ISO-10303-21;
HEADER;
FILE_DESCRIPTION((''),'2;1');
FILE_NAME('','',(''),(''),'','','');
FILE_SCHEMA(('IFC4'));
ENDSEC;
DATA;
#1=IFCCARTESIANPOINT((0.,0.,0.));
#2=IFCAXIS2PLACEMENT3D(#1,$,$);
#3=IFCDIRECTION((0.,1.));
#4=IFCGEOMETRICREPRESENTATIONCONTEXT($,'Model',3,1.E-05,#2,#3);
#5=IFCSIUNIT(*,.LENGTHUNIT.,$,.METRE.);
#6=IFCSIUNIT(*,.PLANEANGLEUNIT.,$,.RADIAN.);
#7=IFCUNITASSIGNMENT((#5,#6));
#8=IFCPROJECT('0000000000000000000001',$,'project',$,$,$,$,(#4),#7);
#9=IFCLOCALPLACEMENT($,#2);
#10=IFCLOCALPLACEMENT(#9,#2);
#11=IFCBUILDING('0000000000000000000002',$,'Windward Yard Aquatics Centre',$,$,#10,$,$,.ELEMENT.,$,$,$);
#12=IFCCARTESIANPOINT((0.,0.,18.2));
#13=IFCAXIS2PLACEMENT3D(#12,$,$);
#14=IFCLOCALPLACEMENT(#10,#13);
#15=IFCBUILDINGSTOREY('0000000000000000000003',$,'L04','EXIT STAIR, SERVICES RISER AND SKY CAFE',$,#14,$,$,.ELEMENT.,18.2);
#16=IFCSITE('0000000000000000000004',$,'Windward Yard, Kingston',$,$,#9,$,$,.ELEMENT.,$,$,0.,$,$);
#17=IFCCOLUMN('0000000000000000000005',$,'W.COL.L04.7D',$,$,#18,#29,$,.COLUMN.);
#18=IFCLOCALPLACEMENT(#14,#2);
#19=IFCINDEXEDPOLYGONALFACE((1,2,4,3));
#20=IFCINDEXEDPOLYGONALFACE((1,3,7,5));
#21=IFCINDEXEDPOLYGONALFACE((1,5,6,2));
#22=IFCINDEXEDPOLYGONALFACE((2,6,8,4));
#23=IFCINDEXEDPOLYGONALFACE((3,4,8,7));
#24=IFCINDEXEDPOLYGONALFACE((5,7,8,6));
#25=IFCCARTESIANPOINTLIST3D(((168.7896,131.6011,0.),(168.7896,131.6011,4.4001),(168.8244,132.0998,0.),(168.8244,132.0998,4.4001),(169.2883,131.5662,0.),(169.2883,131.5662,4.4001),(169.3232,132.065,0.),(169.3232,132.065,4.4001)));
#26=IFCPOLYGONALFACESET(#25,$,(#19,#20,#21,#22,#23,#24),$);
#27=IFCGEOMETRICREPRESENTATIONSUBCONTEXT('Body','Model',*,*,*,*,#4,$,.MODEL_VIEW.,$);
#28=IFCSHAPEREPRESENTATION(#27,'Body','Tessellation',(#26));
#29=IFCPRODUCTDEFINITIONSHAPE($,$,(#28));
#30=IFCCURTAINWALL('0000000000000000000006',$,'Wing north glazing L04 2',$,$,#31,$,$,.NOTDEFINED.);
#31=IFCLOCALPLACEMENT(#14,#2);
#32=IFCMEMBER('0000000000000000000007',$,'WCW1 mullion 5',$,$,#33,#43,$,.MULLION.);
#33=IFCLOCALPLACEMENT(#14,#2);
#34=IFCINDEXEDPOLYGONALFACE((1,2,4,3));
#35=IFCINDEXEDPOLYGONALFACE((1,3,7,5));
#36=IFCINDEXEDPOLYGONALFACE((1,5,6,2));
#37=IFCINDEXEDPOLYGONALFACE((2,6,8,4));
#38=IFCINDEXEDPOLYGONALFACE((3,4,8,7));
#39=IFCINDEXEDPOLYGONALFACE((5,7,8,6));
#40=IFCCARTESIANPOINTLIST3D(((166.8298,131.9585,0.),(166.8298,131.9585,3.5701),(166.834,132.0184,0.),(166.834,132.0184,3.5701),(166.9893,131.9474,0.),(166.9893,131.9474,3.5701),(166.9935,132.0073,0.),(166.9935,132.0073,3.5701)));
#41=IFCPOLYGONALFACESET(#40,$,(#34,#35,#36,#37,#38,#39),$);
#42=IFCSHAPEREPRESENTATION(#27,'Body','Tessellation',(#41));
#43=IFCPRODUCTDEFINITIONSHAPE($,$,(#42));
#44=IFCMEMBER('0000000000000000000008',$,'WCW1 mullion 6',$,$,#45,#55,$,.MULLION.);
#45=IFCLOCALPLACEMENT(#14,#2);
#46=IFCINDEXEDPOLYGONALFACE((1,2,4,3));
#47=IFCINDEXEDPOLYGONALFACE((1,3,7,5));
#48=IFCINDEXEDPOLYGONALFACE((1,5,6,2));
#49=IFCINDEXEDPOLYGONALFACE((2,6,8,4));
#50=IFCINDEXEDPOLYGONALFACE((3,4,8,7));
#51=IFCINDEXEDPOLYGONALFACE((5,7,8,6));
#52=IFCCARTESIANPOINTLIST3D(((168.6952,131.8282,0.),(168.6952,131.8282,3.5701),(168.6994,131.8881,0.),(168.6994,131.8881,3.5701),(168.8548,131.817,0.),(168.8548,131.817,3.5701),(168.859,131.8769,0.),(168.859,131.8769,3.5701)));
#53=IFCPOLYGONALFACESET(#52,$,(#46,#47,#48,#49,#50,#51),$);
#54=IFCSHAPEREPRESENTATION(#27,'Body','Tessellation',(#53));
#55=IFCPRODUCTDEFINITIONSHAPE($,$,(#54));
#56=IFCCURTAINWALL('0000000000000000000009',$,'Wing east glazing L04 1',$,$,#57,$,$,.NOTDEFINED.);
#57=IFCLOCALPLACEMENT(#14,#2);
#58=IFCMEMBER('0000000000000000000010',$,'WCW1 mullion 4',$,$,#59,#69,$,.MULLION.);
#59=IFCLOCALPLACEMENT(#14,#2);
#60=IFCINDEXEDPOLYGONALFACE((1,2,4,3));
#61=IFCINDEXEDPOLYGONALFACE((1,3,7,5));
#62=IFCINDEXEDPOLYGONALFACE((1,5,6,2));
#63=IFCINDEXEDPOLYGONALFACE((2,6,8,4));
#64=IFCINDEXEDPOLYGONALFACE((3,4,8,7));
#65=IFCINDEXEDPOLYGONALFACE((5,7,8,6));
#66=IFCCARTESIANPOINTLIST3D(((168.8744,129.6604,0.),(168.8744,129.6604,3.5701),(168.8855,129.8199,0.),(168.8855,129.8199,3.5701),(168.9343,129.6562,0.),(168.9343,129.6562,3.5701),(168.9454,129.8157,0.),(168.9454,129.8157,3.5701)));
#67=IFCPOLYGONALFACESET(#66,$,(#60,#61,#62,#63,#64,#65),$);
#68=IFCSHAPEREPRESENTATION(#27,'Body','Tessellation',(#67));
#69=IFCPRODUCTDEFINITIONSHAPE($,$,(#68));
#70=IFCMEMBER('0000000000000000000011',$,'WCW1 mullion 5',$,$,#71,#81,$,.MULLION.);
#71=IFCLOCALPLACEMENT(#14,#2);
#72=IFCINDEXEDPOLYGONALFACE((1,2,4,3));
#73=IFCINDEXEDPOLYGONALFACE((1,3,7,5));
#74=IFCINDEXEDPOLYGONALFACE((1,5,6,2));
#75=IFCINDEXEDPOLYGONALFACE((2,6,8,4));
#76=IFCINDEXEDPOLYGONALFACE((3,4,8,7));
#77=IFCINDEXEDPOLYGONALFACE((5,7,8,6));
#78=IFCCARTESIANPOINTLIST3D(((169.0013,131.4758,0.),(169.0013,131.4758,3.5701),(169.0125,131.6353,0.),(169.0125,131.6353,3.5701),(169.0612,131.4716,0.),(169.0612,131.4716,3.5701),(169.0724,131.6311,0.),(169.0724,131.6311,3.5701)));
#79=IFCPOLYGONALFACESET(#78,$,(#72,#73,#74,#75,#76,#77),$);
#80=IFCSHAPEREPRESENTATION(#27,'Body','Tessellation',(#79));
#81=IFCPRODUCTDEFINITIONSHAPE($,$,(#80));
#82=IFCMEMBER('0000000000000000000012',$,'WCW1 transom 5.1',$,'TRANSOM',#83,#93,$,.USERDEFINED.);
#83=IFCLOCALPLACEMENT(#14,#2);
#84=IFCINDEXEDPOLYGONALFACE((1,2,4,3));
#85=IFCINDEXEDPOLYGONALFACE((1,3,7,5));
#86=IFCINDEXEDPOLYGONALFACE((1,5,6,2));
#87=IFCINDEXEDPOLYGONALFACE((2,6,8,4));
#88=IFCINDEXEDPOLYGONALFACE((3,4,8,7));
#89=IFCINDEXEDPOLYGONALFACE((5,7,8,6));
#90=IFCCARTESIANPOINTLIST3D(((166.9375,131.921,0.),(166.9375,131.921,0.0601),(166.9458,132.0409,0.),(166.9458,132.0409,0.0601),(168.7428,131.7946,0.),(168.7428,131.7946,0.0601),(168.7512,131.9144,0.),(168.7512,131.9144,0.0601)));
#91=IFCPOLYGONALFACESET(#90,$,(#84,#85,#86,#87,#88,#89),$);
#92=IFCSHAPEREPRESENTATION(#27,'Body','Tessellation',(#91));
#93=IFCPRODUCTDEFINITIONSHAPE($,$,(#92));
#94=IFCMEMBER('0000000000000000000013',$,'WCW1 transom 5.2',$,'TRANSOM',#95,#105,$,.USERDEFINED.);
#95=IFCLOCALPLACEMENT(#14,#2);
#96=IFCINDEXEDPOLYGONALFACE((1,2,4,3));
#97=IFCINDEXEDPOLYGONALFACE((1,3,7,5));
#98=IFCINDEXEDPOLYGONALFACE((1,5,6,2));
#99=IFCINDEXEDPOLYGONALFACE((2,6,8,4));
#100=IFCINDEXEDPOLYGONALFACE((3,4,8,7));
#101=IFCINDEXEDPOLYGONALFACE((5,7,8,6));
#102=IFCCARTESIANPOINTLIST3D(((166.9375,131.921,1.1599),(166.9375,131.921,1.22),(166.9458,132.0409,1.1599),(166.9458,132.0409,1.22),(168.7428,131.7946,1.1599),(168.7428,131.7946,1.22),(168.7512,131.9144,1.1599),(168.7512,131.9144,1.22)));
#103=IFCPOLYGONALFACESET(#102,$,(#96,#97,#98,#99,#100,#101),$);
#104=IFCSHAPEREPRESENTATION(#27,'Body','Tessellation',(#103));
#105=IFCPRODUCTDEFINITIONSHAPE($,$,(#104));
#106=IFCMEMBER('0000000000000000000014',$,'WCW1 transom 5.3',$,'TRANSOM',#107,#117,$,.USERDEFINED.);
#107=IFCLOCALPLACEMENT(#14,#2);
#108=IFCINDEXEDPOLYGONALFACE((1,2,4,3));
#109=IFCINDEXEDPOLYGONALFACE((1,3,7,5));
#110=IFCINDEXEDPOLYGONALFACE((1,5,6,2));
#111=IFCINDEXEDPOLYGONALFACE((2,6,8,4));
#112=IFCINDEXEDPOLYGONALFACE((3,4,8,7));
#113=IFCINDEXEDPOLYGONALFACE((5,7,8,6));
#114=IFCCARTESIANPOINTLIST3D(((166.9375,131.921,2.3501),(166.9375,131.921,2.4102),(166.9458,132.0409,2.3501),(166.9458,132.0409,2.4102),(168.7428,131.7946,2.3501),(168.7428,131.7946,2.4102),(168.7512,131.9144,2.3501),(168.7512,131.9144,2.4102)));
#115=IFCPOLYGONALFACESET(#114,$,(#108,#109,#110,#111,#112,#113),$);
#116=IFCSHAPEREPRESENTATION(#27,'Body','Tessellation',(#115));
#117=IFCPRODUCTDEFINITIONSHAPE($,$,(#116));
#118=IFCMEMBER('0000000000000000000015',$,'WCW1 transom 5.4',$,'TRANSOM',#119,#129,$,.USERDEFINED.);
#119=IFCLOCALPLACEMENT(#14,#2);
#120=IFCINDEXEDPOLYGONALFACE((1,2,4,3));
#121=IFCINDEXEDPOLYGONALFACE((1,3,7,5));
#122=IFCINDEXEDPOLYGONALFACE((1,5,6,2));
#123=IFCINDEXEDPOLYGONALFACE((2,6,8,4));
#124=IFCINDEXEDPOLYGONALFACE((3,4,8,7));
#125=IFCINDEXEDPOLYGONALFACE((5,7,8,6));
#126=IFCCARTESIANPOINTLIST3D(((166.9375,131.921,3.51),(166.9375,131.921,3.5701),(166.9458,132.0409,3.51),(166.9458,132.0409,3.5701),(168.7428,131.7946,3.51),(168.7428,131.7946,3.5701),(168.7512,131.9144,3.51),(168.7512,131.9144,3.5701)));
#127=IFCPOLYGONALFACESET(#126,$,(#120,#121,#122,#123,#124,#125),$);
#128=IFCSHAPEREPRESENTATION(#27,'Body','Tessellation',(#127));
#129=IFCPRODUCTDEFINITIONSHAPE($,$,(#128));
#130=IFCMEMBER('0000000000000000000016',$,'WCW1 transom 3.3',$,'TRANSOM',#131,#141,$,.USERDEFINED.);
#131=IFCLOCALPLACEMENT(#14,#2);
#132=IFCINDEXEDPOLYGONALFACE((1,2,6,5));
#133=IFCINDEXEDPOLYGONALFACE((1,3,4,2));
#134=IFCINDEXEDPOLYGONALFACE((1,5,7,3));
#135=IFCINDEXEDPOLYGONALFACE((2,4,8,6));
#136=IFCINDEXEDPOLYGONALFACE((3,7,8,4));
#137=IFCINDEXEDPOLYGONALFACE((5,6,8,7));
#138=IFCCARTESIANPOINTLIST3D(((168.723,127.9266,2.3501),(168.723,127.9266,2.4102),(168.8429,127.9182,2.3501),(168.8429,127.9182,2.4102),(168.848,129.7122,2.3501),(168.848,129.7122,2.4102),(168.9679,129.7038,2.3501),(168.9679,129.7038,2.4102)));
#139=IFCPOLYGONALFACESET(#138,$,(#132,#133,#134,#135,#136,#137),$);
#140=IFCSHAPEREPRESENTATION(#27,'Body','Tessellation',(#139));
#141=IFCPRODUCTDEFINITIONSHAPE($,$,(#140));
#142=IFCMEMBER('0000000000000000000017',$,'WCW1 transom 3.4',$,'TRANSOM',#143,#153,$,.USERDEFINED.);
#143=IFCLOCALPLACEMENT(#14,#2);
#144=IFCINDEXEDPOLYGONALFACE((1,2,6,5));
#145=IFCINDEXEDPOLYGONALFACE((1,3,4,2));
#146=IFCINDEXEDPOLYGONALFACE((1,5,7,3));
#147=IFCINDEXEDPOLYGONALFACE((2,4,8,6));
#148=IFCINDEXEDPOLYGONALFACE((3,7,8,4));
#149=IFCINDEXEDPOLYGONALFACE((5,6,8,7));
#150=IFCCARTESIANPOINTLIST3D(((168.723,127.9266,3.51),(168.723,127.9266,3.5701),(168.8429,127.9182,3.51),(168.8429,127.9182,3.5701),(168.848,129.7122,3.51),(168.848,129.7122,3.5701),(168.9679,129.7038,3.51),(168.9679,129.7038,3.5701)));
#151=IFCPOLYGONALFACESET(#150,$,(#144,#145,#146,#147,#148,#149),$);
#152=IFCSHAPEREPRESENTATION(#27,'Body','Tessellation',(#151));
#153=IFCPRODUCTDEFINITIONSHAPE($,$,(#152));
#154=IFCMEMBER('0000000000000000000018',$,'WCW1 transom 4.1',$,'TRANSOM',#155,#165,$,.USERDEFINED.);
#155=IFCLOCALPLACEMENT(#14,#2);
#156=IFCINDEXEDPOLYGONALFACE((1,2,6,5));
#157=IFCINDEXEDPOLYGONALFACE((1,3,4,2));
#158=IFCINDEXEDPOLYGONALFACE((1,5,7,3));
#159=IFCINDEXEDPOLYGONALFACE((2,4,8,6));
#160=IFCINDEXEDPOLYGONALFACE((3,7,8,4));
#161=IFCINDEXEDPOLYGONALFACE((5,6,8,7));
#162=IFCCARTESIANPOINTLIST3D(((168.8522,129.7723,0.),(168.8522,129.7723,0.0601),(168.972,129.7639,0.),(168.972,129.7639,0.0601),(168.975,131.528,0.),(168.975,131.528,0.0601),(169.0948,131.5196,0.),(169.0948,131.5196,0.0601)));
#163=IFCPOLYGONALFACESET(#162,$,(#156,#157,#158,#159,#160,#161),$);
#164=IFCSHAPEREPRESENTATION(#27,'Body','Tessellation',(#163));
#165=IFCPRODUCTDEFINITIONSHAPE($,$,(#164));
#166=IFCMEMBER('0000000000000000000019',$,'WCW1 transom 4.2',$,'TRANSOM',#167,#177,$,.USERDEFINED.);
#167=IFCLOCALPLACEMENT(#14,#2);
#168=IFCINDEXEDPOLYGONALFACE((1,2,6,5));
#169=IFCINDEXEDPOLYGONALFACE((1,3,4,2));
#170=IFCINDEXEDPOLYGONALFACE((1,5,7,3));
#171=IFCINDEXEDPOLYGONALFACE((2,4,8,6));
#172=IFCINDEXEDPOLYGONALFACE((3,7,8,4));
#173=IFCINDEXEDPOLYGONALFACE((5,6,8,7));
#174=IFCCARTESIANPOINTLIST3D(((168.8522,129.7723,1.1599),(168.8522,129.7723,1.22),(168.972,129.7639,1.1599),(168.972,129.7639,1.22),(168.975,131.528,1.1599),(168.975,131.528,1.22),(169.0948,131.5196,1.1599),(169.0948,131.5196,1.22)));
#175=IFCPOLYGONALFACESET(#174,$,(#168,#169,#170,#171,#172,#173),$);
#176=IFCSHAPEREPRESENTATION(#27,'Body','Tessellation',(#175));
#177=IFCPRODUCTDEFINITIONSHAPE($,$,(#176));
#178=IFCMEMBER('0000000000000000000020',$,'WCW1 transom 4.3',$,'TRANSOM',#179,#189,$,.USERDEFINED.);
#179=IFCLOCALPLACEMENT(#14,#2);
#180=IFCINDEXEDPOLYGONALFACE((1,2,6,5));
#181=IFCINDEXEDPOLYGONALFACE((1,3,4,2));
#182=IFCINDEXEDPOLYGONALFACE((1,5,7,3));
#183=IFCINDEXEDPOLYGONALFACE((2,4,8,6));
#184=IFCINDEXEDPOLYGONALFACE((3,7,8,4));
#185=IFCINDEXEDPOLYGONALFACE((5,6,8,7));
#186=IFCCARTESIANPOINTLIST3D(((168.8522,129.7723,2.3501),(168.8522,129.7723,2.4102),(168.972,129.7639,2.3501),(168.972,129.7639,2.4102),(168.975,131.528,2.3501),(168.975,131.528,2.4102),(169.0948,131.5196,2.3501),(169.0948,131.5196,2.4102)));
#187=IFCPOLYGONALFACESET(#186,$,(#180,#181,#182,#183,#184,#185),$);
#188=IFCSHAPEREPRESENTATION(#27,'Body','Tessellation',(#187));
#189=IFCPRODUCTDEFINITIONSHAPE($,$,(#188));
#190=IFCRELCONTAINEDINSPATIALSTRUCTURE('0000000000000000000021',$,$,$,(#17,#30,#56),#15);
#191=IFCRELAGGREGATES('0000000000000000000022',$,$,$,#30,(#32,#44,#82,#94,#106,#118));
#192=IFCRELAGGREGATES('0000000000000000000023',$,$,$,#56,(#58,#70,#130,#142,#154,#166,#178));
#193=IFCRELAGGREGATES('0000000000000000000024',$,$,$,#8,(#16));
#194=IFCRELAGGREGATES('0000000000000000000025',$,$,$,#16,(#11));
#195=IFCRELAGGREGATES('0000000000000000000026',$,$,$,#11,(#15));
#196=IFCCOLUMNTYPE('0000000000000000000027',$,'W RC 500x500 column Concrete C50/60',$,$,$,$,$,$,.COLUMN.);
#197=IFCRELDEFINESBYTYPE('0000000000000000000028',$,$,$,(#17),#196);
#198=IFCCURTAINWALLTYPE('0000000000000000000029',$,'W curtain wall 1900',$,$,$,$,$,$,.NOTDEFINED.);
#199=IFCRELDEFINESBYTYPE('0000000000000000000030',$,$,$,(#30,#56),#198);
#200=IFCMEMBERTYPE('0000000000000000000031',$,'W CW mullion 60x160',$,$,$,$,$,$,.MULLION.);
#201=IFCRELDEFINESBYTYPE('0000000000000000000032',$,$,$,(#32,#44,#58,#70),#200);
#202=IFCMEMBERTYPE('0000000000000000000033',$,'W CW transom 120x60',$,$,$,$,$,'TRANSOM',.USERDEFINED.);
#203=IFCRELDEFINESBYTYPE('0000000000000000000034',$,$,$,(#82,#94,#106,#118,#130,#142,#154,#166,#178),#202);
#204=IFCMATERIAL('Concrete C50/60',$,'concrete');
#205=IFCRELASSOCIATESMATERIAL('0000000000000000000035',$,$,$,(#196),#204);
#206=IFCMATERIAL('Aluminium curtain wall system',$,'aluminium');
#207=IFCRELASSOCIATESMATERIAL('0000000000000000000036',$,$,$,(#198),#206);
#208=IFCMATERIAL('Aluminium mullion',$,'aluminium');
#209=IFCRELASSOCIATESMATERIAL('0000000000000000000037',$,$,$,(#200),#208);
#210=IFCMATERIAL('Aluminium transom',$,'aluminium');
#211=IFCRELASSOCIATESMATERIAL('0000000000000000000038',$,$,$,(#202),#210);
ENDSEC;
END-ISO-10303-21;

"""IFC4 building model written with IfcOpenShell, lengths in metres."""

from ifc_helpers import new_model, si_unit, direction, frame, origin, origin_2d, place, context, subcontext, project, spatial, rectangle, extrude, material, material_profile, profile_set, type_object, element, aggregate, save


model = new_model("IFC4")

# Units and contexts
model_context = context("Model", 3, precision=1e-05, world=origin(), true_north=direction((0.0, 1.0)))
body_context = subcontext(model_context, "Body", "Model", "MODEL_VIEW")
ifc_project = project(units=[si_unit("LENGTHUNIT", "METRE"), si_unit("PLANEANGLEUNIT", "RADIAN")], contexts=[model_context])

# Site, building, storey
site_placement = place(None, origin())
site = spatial("IfcSite", under=ifc_project, at=site_placement, Name="Windward Yard, Kingston", CompositionType="ELEMENT", RefElevation=0.0)
building_placement = place(site_placement, origin())
building = spatial("IfcBuilding", under=site, at=building_placement, Name="Windward Yard Aquatics Centre", CompositionType="ELEMENT")
storey_placement = place(building_placement, frame((0.0, 0.0, 18.2)))
storey = spatial("IfcBuildingStorey", under=building, at=storey_placement, Name="L04", Description="EXIT STAIR, SERVICES RISER AND SKY CAFE", CompositionType="ELEMENT", Elevation=18.2)

# Column
ifc_material_1 = material(Name="Concrete C50/60", Category="concrete")
ifc_material_profile_1 = material_profile(ifc_material_1, rectangle(XDim=0.5, YDim=0.5, at=origin_2d()), Name="RC 500x500")
ifc_profile_set_1 = profile_set([ifc_material_profile_1], Name="Concrete C50/60")
column_type = type_object("IfcColumnType", Name="W RC 500x500 column Concrete C50/60", PredefinedType="COLUMN", material=ifc_profile_set_1)
column_placement = place(storey_placement, frame((169.0564, 131.833, 0.0), z_axis=(0.0, 0.0, 1.0), x_axis=(0.997564, -0.069756, 0.0)))
element("IfcColumn", 1, at=column_placement, inside=storey, type_object=column_type, Name="W.COL.L04.7D", PredefinedType="COLUMN", context=body_context, shape_type="SweptSolid", body=[
    extrude(rectangle(XDim=0.5, YDim=0.5, at=origin_2d()), origin(), (0.0, 0.0, 1.0), 4.4001),
])

# Curtain walls, members
ifc_material_2 = material(Name="Aluminium curtain wall system", Category="aluminium")
curtain_wall_type = type_object("IfcCurtainWallType", Name="W curtain wall 1900", PredefinedType="NOTDEFINED", material=ifc_material_2)
curtain_wall_1_placement = place(storey_placement, origin())
curtain_wall_1 = element("IfcCurtainWall", 2, at=curtain_wall_1_placement, inside=storey, type_object=curtain_wall_type, Name="Wing north glazing L04 2", PredefinedType="NOTDEFINED")
ifc_material_3 = material(Name="Aluminium mullion", Category="aluminium")
ifc_material_profile_2 = material_profile(ifc_material_3, rectangle(XDim=0.0601, YDim=0.1599, at=origin_2d()), Name="AL 60x160")
ifc_profile_set_2 = profile_set([ifc_material_profile_2], Name="Aluminium mullion")
member_type_1 = type_object("IfcMemberType", Name="W CW mullion 60x160", PredefinedType="MULLION", material=ifc_profile_set_2)
member_1_placement = place(storey_placement, frame((166.9116, 131.9829, 0.0), z_axis=(0.0, 0.0, 1.0), x_axis=(0.069758, 0.997564, 0.0)))
member_1 = element("IfcMember", 3, at=member_1_placement, type_object=member_type_1, Name="WCW1 mullion 5", PredefinedType="MULLION", context=body_context, shape_type="SweptSolid", body=[
    extrude(rectangle(XDim=0.0601, YDim=0.1599, at=origin_2d()), origin(), (0.0, 0.0, 1.0), 3.5701),
])
member_2_placement = place(storey_placement, frame((168.7771, 131.8525, 0.0), z_axis=(0.0, 0.0, 1.0), x_axis=(0.069758, 0.997564, 0.0)))
member_2 = element("IfcMember", 4, at=member_2_placement, type_object=member_type_1, Name="WCW1 mullion 6", PredefinedType="MULLION", context=body_context, shape_type="SweptSolid", body=[
    extrude(rectangle(XDim=0.0601, YDim=0.1599, at=origin_2d()), origin(), (0.0, 0.0, 1.0), 3.5701),
])
curtain_wall_2_placement = place(storey_placement, origin())
curtain_wall_2 = element("IfcCurtainWall", 5, at=curtain_wall_2_placement, inside=storey, type_object=curtain_wall_type, Name="Wing east glazing L04 1", PredefinedType="NOTDEFINED")
member_3_placement = place(storey_placement, frame((168.9099, 129.738, 0.0), z_axis=(0.0, 0.0, 1.0), x_axis=(-0.997564, 0.069757, 0.0)))
member_3 = element("IfcMember", 6, at=member_3_placement, type_object=member_type_1, Name="WCW1 mullion 4", PredefinedType="MULLION", context=body_context, shape_type="SweptSolid", body=[
    extrude(rectangle(XDim=0.0601, YDim=0.1599, at=origin_2d()), origin(), (0.0, 0.0, 1.0), 3.5701),
])
member_4_placement = place(storey_placement, frame((169.0369, 131.5535, 0.0), z_axis=(0.0, 0.0, 1.0), x_axis=(-0.997564, 0.069757, 0.0)))
member_4 = element("IfcMember", 7, at=member_4_placement, type_object=member_type_1, Name="WCW1 mullion 5", PredefinedType="MULLION", context=body_context, shape_type="SweptSolid", body=[
    extrude(rectangle(XDim=0.0601, YDim=0.1599, at=origin_2d()), origin(), (0.0, 0.0, 1.0), 3.5701),
])

# Members
ifc_material_4 = material(Name="Aluminium transom", Category="aluminium")
ifc_material_profile_3 = material_profile(ifc_material_4, rectangle(XDim=0.1201, YDim=0.0601, at=origin_2d()), Name="AL 120x60")
ifc_profile_set_3 = profile_set([ifc_material_profile_3], Name="Aluminium transom")
member_type_2 = type_object("IfcMemberType", Name="W CW transom 120x60", ElementType="TRANSOM", PredefinedType="USERDEFINED", material=ifc_profile_set_3)
member_5_placement = place(storey_placement, frame((166.9417, 131.981, 0.03), z_axis=(0.997556, -0.069876, 0.0), x_axis=(0.069876, 0.997556, 0.0)))
member_5 = element("IfcMember", 8, at=member_5_placement, type_object=member_type_2, Name="WCW1 transom 5.1", ObjectType="TRANSOM", PredefinedType="USERDEFINED", context=body_context, shape_type="SweptSolid", body=[
    extrude(rectangle(XDim=0.1201, YDim=0.0601, at=origin_2d()), origin(), (0.0, 0.0, 1.0), 1.8098),
])
member_6_placement = place(storey_placement, frame((166.9417, 131.981, 1.1899), z_axis=(0.997556, -0.069876, 0.0), x_axis=(0.069876, 0.997556, 0.0)))
member_6 = element("IfcMember", 9, at=member_6_placement, type_object=member_type_2, Name="WCW1 transom 5.2", ObjectType="TRANSOM", PredefinedType="USERDEFINED", context=body_context, shape_type="SweptSolid", body=[
    extrude(rectangle(XDim=0.1201, YDim=0.0601, at=origin_2d()), origin(), (0.0, 0.0, 1.0), 1.8098),
])
member_7_placement = place(storey_placement, frame((166.9417, 131.981, 2.3801), z_axis=(0.997556, -0.069876, 0.0), x_axis=(0.069876, 0.997556, 0.0)))
member_7 = element("IfcMember", 10, at=member_7_placement, type_object=member_type_2, Name="WCW1 transom 5.3", ObjectType="TRANSOM", PredefinedType="USERDEFINED", context=body_context, shape_type="SweptSolid", body=[
    extrude(rectangle(XDim=0.1201, YDim=0.0601, at=origin_2d()), origin(), (0.0, 0.0, 1.0), 1.8098),
])
member_8_placement = place(storey_placement, frame((166.9417, 131.981, 3.54), z_axis=(0.997556, -0.069876, 0.0), x_axis=(0.069876, 0.997556, 0.0)))
member_8 = element("IfcMember", 11, at=member_8_placement, type_object=member_type_2, Name="WCW1 transom 5.4", ObjectType="TRANSOM", PredefinedType="USERDEFINED", context=body_context, shape_type="SweptSolid", body=[
    extrude(rectangle(XDim=0.1201, YDim=0.0601, at=origin_2d()), origin(), (0.0, 0.0, 1.0), 1.8098),
])
member_9_placement = place(storey_placement, frame((168.783, 127.9224, 2.3801), z_axis=(0.069832, 0.997559, 0.0), x_axis=(-0.997559, 0.069832, 0.0)))
member_9 = element("IfcMember", 12, at=member_9_placement, type_object=member_type_2, Name="WCW1 transom 3.3", ObjectType="TRANSOM", PredefinedType="USERDEFINED", context=body_context, shape_type="SweptSolid", body=[
    extrude(rectangle(XDim=0.1201, YDim=0.0601, at=origin_2d()), origin(), (0.0, 0.0, 1.0), 1.79),
])
member_10_placement = place(storey_placement, frame((168.783, 127.9224, 3.54), z_axis=(0.069832, 0.997559, 0.0), x_axis=(-0.997559, 0.069832, 0.0)))
member_10 = element("IfcMember", 13, at=member_10_placement, type_object=member_type_2, Name="WCW1 transom 3.4", ObjectType="TRANSOM", PredefinedType="USERDEFINED", context=body_context, shape_type="SweptSolid", body=[
    extrude(rectangle(XDim=0.1201, YDim=0.0601, at=origin_2d()), origin(), (0.0, 0.0, 1.0), 1.79),
])
member_11_placement = place(storey_placement, frame((168.9121, 129.7681, 0.03), z_axis=(0.069778, 0.997563, 0.0), x_axis=(-0.997563, 0.069778, 0.0)))
member_11 = element("IfcMember", 14, at=member_11_placement, type_object=member_type_2, Name="WCW1 transom 4.1", ObjectType="TRANSOM", PredefinedType="USERDEFINED", context=body_context, shape_type="SweptSolid", body=[
    extrude(rectangle(XDim=0.1201, YDim=0.0601, at=origin_2d()), origin(), (0.0, 0.0, 1.0), 1.76),
])
member_12_placement = place(storey_placement, frame((168.9121, 129.7681, 1.1899), z_axis=(0.069778, 0.997563, 0.0), x_axis=(-0.997563, 0.069778, 0.0)))
member_12 = element("IfcMember", 15, at=member_12_placement, type_object=member_type_2, Name="WCW1 transom 4.2", ObjectType="TRANSOM", PredefinedType="USERDEFINED", context=body_context, shape_type="SweptSolid", body=[
    extrude(rectangle(XDim=0.1201, YDim=0.0601, at=origin_2d()), origin(), (0.0, 0.0, 1.0), 1.76),
])
member_13_placement = place(storey_placement, frame((168.9121, 129.7681, 2.3801), z_axis=(0.069778, 0.997563, 0.0), x_axis=(-0.997563, 0.069778, 0.0)))
member_13 = element("IfcMember", 16, at=member_13_placement, type_object=member_type_2, Name="WCW1 transom 4.3", ObjectType="TRANSOM", PredefinedType="USERDEFINED", context=body_context, shape_type="SweptSolid", body=[
    extrude(rectangle(XDim=0.1201, YDim=0.0601, at=origin_2d()), origin(), (0.0, 0.0, 1.0), 1.76),
])

aggregate(curtain_wall_1, [member_1, member_2, member_5, member_6, member_7, member_8])
aggregate(curtain_wall_2, [member_3, member_4, member_9, member_10, member_11, member_12, member_13])

save(model, "model.ifc")
